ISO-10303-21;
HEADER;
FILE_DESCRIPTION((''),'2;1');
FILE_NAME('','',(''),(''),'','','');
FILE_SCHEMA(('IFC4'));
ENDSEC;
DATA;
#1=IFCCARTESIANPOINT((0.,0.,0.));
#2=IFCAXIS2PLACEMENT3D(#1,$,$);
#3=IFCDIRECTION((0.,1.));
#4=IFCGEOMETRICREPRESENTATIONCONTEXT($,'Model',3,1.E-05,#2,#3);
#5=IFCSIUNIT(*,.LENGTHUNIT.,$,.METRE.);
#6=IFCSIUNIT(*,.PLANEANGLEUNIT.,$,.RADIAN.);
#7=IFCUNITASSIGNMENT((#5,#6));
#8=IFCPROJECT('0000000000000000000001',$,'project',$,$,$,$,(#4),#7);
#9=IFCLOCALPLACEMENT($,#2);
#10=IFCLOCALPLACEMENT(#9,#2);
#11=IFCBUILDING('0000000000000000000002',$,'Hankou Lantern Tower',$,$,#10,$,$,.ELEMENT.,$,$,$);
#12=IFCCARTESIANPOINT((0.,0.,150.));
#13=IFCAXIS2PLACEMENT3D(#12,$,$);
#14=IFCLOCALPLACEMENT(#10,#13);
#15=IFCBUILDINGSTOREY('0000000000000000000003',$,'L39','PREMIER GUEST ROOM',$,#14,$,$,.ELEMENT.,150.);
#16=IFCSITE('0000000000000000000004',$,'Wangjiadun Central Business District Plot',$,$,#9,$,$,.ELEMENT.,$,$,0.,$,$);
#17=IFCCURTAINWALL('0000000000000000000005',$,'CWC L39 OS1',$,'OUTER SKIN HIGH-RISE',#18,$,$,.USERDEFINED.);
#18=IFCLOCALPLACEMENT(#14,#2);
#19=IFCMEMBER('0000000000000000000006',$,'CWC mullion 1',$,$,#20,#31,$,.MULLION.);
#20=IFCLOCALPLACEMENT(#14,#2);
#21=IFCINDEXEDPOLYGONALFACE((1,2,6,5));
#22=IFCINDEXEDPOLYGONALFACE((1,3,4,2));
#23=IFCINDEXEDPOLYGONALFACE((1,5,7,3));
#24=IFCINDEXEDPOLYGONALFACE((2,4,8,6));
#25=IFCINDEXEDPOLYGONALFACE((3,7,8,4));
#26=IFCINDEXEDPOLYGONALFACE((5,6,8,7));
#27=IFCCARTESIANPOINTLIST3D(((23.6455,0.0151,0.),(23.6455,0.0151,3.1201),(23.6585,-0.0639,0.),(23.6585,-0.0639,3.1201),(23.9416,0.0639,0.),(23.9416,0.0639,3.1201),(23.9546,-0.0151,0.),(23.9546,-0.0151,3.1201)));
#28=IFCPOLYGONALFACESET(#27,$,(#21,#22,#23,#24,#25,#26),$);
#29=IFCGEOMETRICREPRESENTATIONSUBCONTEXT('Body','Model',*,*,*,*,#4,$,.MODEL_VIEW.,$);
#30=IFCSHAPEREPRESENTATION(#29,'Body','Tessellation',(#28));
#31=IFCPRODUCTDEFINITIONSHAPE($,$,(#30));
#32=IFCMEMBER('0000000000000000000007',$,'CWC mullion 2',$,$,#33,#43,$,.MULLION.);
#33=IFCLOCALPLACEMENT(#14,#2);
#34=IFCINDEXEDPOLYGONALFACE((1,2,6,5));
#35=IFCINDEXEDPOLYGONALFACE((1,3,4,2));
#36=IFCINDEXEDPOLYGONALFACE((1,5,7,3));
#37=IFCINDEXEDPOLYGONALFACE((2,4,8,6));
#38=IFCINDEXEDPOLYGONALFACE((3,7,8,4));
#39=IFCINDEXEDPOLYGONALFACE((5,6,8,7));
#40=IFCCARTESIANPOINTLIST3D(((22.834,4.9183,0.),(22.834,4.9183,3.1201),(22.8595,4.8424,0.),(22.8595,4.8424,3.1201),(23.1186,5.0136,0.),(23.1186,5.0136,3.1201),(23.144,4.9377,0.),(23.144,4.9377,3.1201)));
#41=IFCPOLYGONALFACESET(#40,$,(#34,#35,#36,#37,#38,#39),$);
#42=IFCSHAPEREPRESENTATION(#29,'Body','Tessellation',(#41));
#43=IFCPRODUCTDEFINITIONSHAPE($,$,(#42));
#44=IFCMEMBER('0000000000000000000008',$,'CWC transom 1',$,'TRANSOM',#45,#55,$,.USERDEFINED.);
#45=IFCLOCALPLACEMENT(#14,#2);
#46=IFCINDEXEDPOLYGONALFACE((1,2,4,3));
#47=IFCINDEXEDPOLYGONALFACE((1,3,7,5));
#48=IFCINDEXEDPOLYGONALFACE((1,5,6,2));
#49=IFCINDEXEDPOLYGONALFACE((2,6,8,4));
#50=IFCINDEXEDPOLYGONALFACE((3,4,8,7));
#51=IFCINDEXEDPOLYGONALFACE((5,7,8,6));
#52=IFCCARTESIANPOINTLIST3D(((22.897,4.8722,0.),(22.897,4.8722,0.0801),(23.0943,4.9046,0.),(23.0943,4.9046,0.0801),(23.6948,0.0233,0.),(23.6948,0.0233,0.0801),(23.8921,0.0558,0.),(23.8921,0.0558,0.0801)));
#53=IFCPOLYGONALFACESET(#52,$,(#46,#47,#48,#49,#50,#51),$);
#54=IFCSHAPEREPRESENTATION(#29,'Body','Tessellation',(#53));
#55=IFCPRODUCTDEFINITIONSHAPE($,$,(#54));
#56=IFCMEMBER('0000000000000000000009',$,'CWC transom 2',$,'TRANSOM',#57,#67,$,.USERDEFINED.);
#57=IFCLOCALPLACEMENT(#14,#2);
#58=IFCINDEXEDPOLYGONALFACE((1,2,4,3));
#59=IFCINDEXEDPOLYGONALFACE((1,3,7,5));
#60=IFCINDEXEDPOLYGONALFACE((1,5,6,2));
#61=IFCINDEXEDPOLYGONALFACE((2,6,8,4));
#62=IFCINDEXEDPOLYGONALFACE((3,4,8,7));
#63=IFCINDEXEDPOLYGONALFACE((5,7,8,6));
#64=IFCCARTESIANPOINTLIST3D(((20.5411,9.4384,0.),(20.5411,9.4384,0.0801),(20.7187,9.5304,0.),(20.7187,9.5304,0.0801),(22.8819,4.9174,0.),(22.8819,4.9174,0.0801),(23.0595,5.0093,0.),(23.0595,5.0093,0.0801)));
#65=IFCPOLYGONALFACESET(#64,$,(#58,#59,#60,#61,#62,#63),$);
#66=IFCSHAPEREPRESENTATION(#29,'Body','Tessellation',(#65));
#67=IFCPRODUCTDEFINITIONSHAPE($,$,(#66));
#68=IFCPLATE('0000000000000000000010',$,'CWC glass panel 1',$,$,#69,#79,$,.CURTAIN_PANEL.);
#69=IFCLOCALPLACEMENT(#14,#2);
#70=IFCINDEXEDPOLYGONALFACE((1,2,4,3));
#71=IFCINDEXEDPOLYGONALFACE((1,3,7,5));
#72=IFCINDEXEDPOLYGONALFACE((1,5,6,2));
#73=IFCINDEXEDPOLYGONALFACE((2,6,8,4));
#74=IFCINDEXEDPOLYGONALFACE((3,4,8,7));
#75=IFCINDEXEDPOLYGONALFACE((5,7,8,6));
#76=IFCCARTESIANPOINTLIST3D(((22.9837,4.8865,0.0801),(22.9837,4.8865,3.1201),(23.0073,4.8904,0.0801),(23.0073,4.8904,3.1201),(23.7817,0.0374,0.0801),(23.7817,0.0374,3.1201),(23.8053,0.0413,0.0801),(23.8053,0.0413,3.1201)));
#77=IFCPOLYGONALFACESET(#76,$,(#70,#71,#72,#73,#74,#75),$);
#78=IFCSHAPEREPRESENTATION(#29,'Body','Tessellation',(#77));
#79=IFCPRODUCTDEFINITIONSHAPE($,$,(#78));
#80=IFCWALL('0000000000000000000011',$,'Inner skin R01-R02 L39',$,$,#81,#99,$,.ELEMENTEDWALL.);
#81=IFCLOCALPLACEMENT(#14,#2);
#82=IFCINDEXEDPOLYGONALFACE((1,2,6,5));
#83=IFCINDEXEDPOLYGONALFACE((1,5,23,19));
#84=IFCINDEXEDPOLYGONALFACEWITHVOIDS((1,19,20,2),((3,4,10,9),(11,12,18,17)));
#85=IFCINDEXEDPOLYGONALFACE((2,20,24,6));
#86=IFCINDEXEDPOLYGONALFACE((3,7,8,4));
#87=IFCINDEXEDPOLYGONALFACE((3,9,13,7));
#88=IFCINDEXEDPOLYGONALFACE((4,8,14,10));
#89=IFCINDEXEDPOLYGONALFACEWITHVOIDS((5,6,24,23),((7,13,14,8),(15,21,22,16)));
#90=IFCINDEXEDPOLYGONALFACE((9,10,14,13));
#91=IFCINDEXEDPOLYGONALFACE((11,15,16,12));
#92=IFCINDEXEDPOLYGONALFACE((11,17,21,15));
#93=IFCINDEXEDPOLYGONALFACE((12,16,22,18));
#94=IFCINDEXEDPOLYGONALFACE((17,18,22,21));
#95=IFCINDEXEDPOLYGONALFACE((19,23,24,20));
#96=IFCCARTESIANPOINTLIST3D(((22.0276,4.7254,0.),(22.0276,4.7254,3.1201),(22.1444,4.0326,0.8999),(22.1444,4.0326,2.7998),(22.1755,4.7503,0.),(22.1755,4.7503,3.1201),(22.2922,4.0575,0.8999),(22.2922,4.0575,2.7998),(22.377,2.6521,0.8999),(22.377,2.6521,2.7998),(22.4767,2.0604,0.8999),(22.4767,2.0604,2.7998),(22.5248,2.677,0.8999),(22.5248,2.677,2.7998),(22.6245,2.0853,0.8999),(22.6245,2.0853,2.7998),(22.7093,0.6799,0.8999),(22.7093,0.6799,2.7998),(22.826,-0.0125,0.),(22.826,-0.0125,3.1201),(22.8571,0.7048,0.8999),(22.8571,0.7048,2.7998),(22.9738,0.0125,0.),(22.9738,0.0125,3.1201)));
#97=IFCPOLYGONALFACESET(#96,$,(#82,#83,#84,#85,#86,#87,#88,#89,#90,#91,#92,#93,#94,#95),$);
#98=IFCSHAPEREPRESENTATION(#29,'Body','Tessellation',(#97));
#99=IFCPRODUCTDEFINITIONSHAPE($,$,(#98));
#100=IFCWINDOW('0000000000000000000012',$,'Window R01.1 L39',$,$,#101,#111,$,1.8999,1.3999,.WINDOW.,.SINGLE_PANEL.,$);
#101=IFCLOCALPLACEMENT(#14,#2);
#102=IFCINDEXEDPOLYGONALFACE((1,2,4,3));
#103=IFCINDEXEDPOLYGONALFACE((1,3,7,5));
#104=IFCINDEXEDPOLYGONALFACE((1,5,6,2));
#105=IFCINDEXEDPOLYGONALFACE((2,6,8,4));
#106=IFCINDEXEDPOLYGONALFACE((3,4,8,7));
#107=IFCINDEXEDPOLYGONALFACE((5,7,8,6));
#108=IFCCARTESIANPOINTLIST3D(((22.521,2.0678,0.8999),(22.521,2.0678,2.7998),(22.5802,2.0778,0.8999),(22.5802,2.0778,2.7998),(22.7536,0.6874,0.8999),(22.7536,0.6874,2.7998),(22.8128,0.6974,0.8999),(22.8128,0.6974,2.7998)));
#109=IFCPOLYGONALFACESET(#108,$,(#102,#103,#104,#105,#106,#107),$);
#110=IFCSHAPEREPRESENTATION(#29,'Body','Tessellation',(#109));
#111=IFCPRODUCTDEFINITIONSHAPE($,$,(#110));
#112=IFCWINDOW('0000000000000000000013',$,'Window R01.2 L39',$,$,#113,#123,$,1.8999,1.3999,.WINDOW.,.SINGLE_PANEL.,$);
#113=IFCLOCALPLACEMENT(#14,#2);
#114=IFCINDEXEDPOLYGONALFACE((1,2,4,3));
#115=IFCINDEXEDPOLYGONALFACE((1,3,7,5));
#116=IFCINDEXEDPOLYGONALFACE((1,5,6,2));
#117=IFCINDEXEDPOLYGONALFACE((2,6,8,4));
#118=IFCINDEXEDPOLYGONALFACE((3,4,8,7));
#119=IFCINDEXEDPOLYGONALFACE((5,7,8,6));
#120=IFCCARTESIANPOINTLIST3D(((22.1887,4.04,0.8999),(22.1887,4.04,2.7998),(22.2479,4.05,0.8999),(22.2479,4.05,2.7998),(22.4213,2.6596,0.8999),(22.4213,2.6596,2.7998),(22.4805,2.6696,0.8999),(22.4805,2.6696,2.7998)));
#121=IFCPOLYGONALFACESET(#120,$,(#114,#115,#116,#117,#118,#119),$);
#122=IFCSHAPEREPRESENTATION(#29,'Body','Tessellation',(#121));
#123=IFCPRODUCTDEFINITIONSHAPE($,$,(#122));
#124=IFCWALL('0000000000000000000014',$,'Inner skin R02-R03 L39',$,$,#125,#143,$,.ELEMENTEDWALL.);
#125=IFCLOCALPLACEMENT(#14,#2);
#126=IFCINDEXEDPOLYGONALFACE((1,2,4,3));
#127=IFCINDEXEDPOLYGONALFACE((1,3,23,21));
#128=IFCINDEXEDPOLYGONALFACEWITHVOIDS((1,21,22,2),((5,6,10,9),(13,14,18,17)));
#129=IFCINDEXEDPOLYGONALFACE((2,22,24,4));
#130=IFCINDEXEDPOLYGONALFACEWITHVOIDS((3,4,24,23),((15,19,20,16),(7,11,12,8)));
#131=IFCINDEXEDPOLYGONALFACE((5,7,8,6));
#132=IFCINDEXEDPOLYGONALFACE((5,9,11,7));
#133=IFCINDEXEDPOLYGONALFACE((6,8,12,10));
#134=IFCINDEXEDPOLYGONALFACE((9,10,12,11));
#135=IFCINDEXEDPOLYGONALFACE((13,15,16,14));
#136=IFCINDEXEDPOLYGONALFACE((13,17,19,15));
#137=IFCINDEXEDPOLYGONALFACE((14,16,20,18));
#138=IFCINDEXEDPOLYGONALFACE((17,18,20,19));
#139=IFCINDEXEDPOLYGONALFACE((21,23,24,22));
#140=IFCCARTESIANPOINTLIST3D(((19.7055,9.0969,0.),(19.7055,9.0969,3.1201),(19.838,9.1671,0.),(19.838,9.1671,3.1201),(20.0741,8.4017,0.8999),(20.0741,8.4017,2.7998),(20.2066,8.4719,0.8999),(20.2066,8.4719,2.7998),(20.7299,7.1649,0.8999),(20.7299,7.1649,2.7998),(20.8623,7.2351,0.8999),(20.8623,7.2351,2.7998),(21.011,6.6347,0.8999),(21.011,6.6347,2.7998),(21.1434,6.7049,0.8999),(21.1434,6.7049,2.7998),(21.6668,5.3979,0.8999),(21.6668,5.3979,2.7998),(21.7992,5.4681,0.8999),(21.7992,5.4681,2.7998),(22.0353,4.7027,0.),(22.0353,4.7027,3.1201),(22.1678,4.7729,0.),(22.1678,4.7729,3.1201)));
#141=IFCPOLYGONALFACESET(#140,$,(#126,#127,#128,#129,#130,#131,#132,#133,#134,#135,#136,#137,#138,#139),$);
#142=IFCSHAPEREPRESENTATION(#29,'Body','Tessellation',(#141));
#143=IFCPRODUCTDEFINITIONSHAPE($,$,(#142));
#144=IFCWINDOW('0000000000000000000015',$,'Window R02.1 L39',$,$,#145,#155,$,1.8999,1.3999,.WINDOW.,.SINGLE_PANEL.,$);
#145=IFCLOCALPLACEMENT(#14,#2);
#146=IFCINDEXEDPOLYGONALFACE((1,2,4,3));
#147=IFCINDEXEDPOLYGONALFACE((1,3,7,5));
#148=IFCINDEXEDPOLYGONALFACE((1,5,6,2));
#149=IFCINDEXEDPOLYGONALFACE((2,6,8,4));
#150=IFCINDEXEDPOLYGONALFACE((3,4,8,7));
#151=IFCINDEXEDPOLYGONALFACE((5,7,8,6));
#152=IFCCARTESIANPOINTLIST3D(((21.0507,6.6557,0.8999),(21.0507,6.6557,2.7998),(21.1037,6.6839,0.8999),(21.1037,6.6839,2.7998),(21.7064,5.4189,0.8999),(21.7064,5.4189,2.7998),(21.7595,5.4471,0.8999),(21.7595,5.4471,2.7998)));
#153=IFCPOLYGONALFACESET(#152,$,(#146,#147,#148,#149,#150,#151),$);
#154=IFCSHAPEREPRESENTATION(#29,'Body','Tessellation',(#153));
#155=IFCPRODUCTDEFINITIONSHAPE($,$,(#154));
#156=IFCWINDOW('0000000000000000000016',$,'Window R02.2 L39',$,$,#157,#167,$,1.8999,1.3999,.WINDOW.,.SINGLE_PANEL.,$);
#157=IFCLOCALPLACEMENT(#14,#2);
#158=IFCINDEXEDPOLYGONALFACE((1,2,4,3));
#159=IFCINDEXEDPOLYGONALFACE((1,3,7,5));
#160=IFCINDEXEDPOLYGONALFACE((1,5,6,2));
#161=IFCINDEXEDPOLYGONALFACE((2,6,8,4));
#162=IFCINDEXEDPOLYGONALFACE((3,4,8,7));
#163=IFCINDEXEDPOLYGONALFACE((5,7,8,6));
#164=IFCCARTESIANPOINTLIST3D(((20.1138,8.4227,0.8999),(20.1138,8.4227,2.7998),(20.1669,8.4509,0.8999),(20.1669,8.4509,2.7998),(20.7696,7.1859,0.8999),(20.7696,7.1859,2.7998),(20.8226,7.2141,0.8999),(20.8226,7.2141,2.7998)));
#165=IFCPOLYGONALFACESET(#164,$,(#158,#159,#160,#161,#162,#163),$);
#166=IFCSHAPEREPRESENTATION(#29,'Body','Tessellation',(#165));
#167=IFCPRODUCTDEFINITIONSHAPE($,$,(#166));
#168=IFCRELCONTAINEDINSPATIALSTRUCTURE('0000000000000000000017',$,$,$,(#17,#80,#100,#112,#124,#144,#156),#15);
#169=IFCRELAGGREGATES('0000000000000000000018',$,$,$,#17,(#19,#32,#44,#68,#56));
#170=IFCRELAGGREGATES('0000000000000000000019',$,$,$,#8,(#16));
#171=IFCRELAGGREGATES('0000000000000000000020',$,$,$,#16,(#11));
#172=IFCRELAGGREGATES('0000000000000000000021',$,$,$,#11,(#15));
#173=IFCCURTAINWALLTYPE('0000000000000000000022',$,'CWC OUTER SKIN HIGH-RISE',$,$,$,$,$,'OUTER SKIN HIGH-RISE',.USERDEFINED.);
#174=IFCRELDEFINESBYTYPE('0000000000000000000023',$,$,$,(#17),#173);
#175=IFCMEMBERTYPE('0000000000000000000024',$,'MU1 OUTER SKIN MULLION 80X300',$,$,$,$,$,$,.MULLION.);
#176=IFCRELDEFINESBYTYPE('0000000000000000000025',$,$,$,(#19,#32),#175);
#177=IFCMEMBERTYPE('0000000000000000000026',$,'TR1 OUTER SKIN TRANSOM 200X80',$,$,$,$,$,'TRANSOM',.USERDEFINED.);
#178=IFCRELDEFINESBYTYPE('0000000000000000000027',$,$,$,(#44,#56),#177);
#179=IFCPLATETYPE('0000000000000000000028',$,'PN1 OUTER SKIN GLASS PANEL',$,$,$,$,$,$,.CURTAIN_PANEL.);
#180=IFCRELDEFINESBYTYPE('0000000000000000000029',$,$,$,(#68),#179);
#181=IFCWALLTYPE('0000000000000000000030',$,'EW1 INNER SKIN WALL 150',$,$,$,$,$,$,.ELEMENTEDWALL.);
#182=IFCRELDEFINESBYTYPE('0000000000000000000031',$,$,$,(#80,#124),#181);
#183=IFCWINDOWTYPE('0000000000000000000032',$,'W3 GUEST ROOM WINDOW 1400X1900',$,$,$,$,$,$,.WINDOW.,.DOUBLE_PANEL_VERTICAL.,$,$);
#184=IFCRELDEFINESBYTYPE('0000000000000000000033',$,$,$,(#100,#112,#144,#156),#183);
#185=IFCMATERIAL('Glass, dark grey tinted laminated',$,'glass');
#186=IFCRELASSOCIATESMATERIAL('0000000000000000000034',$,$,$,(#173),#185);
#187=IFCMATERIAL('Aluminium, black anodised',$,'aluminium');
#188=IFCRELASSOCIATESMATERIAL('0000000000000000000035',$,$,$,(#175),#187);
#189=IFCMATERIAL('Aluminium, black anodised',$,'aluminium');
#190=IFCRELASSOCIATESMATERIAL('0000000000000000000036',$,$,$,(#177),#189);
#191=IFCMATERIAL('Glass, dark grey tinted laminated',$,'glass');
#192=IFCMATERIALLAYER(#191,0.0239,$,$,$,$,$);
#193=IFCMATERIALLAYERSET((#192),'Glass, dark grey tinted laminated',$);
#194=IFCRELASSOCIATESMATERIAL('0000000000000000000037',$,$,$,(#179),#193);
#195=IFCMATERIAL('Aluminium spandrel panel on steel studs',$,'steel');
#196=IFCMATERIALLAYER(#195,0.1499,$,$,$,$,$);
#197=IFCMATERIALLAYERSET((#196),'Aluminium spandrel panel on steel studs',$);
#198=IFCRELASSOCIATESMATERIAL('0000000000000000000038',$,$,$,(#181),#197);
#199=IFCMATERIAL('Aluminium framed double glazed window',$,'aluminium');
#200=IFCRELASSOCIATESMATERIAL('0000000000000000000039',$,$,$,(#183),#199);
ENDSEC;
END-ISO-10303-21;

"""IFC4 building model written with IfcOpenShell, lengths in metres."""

from ifc_helpers import new_model, si_unit, direction, frame, frame_2d, origin, origin_2d, place, context, subcontext, project, spatial, rectangle, extrude, material, layer, layer_set, material_profile, profile_set, type_object, element, fill, aggregate, save


model = new_model("IFC4")

# Units and contexts
model_context = context("Model", 3, precision=1e-05, world=origin(), true_north=direction((0.0, 1.0)))
body_context = subcontext(model_context, "Body", "Model", "MODEL_VIEW")
ifc_project = project(units=[si_unit("LENGTHUNIT", "METRE"), si_unit("PLANEANGLEUNIT", "RADIAN")], contexts=[model_context])

# Site, building, storey
site_placement = place(None, origin())
site = spatial("IfcSite", under=ifc_project, at=site_placement, Name="Wangjiadun Central Business District Plot", CompositionType="ELEMENT", RefElevation=0.0)
building_placement = place(site_placement, origin())
building = spatial("IfcBuilding", under=site, at=building_placement, Name="Hankou Lantern Tower", CompositionType="ELEMENT")
storey_placement = place(building_placement, frame((0.0, 0.0, 150.0)))
storey = spatial("IfcBuildingStorey", under=building, at=storey_placement, Name="L39", Description="PREMIER GUEST ROOM", CompositionType="ELEMENT", Elevation=150.0)

# Curtain wall, members, plate
ifc_material_1 = material(Name="Glass, dark grey tinted laminated", Category="glass")
curtain_wall_type = type_object("IfcCurtainWallType", Name="CWC OUTER SKIN HIGH-RISE", ElementType="OUTER SKIN HIGH-RISE", PredefinedType="USERDEFINED", material=ifc_material_1)
curtain_wall_placement = place(storey_placement, origin())
curtain_wall = element("IfcCurtainWall", 1, at=curtain_wall_placement, inside=storey, type_object=curtain_wall_type, Name="CWC L39 OS1", ObjectType="OUTER SKIN HIGH-RISE", PredefinedType="USERDEFINED")
ifc_material_2 = material(Name="Aluminium, black anodised", Category="aluminium")
ifc_material_profile_1 = material_profile(ifc_material_2, rectangle(XDim=0.0801, YDim=0.3, at=origin_2d()), Name="MU1 80X300")
ifc_profile_set_1 = profile_set([ifc_material_profile_1], Name="Aluminium, black anodised")
member_type_1 = type_object("IfcMemberType", Name="MU1 OUTER SKIN MULLION 80X300", PredefinedType="MULLION", material=ifc_profile_set_1)
member_1_placement = place(storey_placement, frame((23.8, 0.0, 0.0), z_axis=(0.0, 0.0, 1.0), x_axis=(-0.162382, 0.986728, 0.0)))
member_1 = element("IfcMember", 2, at=member_1_placement, type_object=member_type_1, Name="CWC mullion 1", PredefinedType="MULLION", context=body_context, shape_type="SweptSolid", body=[
    extrude(rectangle(XDim=0.0801, YDim=0.3, at=origin_2d()), origin(), (0.0, 0.0, 1.0), 3.1201),
])
member_2_placement = place(storey_placement, frame((22.989, 4.928, 0.0), z_axis=(0.0, 0.0, 1.0), x_axis=(-0.317596, 0.948226, 0.0)))
member_2 = element("IfcMember", 3, at=member_2_placement, type_object=member_type_1, Name="CWC mullion 2", PredefinedType="MULLION", context=body_context, shape_type="SweptSolid", body=[
    extrude(rectangle(XDim=0.0801, YDim=0.3, at=origin_2d()), origin(), (0.0, 0.0, 1.0), 3.1201),
])
ifc_material_3 = material(Name="Aluminium, black anodised", Category="aluminium")
ifc_material_profile_2 = material_profile(ifc_material_3, rectangle(XDim=0.2, YDim=0.0801, at=origin_2d()), Name="TR1 200X80")
ifc_profile_set_2 = profile_set([ifc_material_profile_2], Name="Aluminium, black anodised")
member_type_2 = type_object("IfcMemberType", Name="TR1 OUTER SKIN TRANSOM 200X80", ElementType="TRANSOM", PredefinedType="USERDEFINED", material=ifc_profile_set_2)
member_3_placement = place(storey_placement, frame((23.7935, 0.0396, 0.04), z_axis=(-0.16236, 0.986732, 0.0), x_axis=(-0.986732, -0.16236, 0.0)))
member_3 = element("IfcMember", 4, at=member_3_placement, type_object=member_type_2, Name="CWC transom 1", ObjectType="TRANSOM", PredefinedType="USERDEFINED", context=body_context, shape_type="SweptSolid", body=[
    extrude(rectangle(XDim=0.2, YDim=0.0801, at=origin_2d()), origin(), (0.0, 0.0, 1.0), 4.9141),
])
member_4_placement = place(storey_placement, frame((22.9707, 4.9634, 0.04), z_axis=(-0.459791, 0.888027, 0.0), x_axis=(-0.888027, -0.459791, 0.0)))
member_4 = element("IfcMember", 5, at=member_4_placement, type_object=member_type_2, Name="CWC transom 2", ObjectType="TRANSOM", PredefinedType="USERDEFINED", context=body_context, shape_type="SweptSolid", body=[
    extrude(rectangle(XDim=0.2, YDim=0.0801, at=origin_2d()), origin(), (0.0, 0.0, 1.0), 5.0911),
])
ifc_material_4 = material(Name="Glass, dark grey tinted laminated", Category="glass")
ifc_layer_1 = layer(ifc_material_4, 0.0239)
ifc_layer_set_1 = layer_set([ifc_layer_1], Name="Glass, dark grey tinted laminated")
plate_type = type_object("IfcPlateType", Name="PN1 OUTER SKIN GLASS PANEL", PredefinedType="CURTAIN_PANEL", material=ifc_layer_set_1)
plate_placement = place(storey_placement, frame((23.3945, 2.4639, 0.0801), z_axis=(0.0, 0.0, 1.0), x_axis=(-0.162382, 0.986728, 0.0)))
plate = element("IfcPlate", 6, at=plate_placement, type_object=plate_type, Name="CWC glass panel 1", PredefinedType="CURTAIN_PANEL", context=body_context, shape_type="SweptSolid", body=[
    extrude(rectangle(XDim=4.9143, YDim=0.0239, at=origin_2d()), origin(), (0.0, 0.0, 1.0), 3.04),
])
aggregate(curtain_wall, [member_1, member_2, member_3, plate, member_4])

# Walls, openings, windows
ifc_material_5 = material(Name="Aluminium spandrel panel on steel studs", Category="steel")
ifc_layer_2 = layer(ifc_material_5, 0.1499)
ifc_layer_set_2 = layer_set([ifc_layer_2], Name="Aluminium spandrel panel on steel studs")
wall_type_1 = type_object("IfcWallType", Name="EW1 INNER SKIN WALL 150", PredefinedType="ELEMENTEDWALL", material=ifc_layer_set_2)
wall_1_placement = place(storey_placement, frame((22.8999, 0.0, 0.0), z_axis=(0.0, 0.0, 1.0), x_axis=(-0.166162, 0.986098, 0.0)))
wall_1 = element("IfcWall", 7, at=wall_1_placement, inside=storey, type_object=wall_type_1, Name="Inner skin R01-R02 L39", PredefinedType="ELEMENTEDWALL", context=body_context, shape_type="SweptSolid", body=[
    extrude(rectangle(XDim=4.8047, YDim=0.1499, at=frame_2d((2.4023, 0.0))), origin(), (0.0, 0.0, 1.0), 3.1201),
])
opening_1_placement = place(wall_1_placement, frame((0.7021, 0.0, 0.8999)))
opening_1 = element("IfcOpeningElement", 8, at=opening_1_placement, cuts=wall_1, PredefinedType="OPENING", context=body_context, shape_type="SweptSolid", body=[
    extrude(rectangle(XDim=1.3999, YDim=1.8999, at=frame_2d((0.7, 0.95))), frame((0.0, 0.085, 0.0), z_axis=(0.0, -1.0, 0.0), x_axis=(1.0, 0.0, 0.0)), (0.0, 0.0, 1.0), 0.1699),
])
opening_2_placement = place(wall_1_placement, frame((2.7021, 0.0, 0.8999)))
opening_2 = element("IfcOpeningElement", 9, at=opening_2_placement, cuts=wall_1, PredefinedType="OPENING", context=body_context, shape_type="SweptSolid", body=[
    extrude(rectangle(XDim=1.3999, YDim=1.8999, at=frame_2d((0.7, 0.95))), frame((0.0, 0.085, 0.0), z_axis=(0.0, -1.0, 0.0), x_axis=(1.0, 0.0, 0.0)), (0.0, 0.0, 1.0), 0.1699),
])
ifc_material_6 = material(Name="Aluminium framed double glazed window", Category="aluminium")
window_type = type_object("IfcWindowType", Name="W3 GUEST ROOM WINDOW 1400X1900", PartitioningType="DOUBLE_PANEL_VERTICAL", PredefinedType="WINDOW", material=ifc_material_6)
window_1_placement = place(opening_1_placement, origin())
window_1 = element("IfcWindow", 10, at=window_1_placement, inside=storey, type_object=window_type, Name="Window R01.1 L39", OverallHeight=1.8999, OverallWidth=1.3999, PartitioningType="SINGLE_PANEL", PredefinedType="WINDOW", context=body_context, shape_type="SweptSolid", body=[
    extrude(rectangle(XDim=1.3999, YDim=1.8999, at=frame_2d((0.7, 0.95))), frame((0.0, 0.03, 0.0), z_axis=(0.0, -1.0, 0.0), x_axis=(1.0, 0.0, 0.0)), (0.0, 0.0, 1.0), 0.0601),
])
fill(opening_1, window_1)
window_2_placement = place(opening_2_placement, origin())
window_2 = element("IfcWindow", 11, at=window_2_placement, inside=storey, type_object=window_type, Name="Window R01.2 L39", OverallHeight=1.8999, OverallWidth=1.3999, PartitioningType="SINGLE_PANEL", PredefinedType="WINDOW", context=body_context, shape_type="SweptSolid", body=[
    extrude(rectangle(XDim=1.3999, YDim=1.8999, at=frame_2d((0.7, 0.95))), frame((0.0, 0.03, 0.0), z_axis=(0.0, -1.0, 0.0), x_axis=(1.0, 0.0, 0.0)), (0.0, 0.0, 1.0), 0.0601),
])
fill(opening_2, window_2)
wall_2_placement = place(storey_placement, frame((22.1016, 4.7378, 0.0), z_axis=(0.0, 0.0, 1.0), x_axis=(-0.468429, 0.883501, 0.0)))
wall_2 = element("IfcWall", 12, at=wall_2_placement, inside=storey, type_object=wall_type_1, Name="Inner skin R02-R03 L39", PredefinedType="ELEMENTEDWALL", context=body_context, shape_type="SweptSolid", body=[
    extrude(rectangle(XDim=4.9736, YDim=0.1499, at=frame_2d((2.4868, 0.0))), origin(), (0.0, 0.0, 1.0), 3.1201),
])
opening_3_placement = place(wall_2_placement, frame((0.7869, 0.0, 0.8999)))
opening_3 = element("IfcOpeningElement", 13, at=opening_3_placement, cuts=wall_2, PredefinedType="OPENING", context=body_context, shape_type="SweptSolid", body=[
    extrude(rectangle(XDim=1.3999, YDim=1.8999, at=frame_2d((0.7, 0.95))), frame((0.0, 0.085, 0.0), z_axis=(0.0, -1.0, 0.0), x_axis=(1.0, 0.0, 0.0)), (0.0, 0.0, 1.0), 0.1699),
])
opening_4_placement = place(wall_2_placement, frame((2.7869, 0.0, 0.8999)))
opening_4 = element("IfcOpeningElement", 14, at=opening_4_placement, cuts=wall_2, PredefinedType="OPENING", context=body_context, shape_type="SweptSolid", body=[
    extrude(rectangle(XDim=1.3999, YDim=1.8999, at=frame_2d((0.7, 0.95))), frame((0.0, 0.085, 0.0), z_axis=(0.0, -1.0, 0.0), x_axis=(1.0, 0.0, 0.0)), (0.0, 0.0, 1.0), 0.1699),
])
window_3_placement = place(opening_3_placement, origin())
window_3 = element("IfcWindow", 15, at=window_3_placement, inside=storey, type_object=window_type, Name="Window R02.1 L39", OverallHeight=1.8999, OverallWidth=1.3999, PartitioningType="SINGLE_PANEL", PredefinedType="WINDOW", context=body_context, shape_type="SweptSolid", body=[
    extrude(rectangle(XDim=1.3999, YDim=1.8999, at=frame_2d((0.7, 0.95))), frame((0.0, 0.03, 0.0), z_axis=(0.0, -1.0, 0.0), x_axis=(1.0, 0.0, 0.0)), (0.0, 0.0, 1.0), 0.0601),
])
fill(opening_3, window_3)
window_4_placement = place(opening_4_placement, origin())
window_4 = element("IfcWindow", 16, at=window_4_placement, inside=storey, type_object=window_type, Name="Window R02.2 L39", OverallHeight=1.8999, OverallWidth=1.3999, PartitioningType="SINGLE_PANEL", PredefinedType="WINDOW", context=body_context, shape_type="SweptSolid", body=[
    extrude(rectangle(XDim=1.3999, YDim=1.8999, at=frame_2d((0.7, 0.95))), frame((0.0, 0.03, 0.0), z_axis=(0.0, -1.0, 0.0), x_axis=(1.0, 0.0, 0.0)), (0.0, 0.0, 1.0), 0.0601),
])
fill(opening_4, window_4)

save(model, "model.ifc")
